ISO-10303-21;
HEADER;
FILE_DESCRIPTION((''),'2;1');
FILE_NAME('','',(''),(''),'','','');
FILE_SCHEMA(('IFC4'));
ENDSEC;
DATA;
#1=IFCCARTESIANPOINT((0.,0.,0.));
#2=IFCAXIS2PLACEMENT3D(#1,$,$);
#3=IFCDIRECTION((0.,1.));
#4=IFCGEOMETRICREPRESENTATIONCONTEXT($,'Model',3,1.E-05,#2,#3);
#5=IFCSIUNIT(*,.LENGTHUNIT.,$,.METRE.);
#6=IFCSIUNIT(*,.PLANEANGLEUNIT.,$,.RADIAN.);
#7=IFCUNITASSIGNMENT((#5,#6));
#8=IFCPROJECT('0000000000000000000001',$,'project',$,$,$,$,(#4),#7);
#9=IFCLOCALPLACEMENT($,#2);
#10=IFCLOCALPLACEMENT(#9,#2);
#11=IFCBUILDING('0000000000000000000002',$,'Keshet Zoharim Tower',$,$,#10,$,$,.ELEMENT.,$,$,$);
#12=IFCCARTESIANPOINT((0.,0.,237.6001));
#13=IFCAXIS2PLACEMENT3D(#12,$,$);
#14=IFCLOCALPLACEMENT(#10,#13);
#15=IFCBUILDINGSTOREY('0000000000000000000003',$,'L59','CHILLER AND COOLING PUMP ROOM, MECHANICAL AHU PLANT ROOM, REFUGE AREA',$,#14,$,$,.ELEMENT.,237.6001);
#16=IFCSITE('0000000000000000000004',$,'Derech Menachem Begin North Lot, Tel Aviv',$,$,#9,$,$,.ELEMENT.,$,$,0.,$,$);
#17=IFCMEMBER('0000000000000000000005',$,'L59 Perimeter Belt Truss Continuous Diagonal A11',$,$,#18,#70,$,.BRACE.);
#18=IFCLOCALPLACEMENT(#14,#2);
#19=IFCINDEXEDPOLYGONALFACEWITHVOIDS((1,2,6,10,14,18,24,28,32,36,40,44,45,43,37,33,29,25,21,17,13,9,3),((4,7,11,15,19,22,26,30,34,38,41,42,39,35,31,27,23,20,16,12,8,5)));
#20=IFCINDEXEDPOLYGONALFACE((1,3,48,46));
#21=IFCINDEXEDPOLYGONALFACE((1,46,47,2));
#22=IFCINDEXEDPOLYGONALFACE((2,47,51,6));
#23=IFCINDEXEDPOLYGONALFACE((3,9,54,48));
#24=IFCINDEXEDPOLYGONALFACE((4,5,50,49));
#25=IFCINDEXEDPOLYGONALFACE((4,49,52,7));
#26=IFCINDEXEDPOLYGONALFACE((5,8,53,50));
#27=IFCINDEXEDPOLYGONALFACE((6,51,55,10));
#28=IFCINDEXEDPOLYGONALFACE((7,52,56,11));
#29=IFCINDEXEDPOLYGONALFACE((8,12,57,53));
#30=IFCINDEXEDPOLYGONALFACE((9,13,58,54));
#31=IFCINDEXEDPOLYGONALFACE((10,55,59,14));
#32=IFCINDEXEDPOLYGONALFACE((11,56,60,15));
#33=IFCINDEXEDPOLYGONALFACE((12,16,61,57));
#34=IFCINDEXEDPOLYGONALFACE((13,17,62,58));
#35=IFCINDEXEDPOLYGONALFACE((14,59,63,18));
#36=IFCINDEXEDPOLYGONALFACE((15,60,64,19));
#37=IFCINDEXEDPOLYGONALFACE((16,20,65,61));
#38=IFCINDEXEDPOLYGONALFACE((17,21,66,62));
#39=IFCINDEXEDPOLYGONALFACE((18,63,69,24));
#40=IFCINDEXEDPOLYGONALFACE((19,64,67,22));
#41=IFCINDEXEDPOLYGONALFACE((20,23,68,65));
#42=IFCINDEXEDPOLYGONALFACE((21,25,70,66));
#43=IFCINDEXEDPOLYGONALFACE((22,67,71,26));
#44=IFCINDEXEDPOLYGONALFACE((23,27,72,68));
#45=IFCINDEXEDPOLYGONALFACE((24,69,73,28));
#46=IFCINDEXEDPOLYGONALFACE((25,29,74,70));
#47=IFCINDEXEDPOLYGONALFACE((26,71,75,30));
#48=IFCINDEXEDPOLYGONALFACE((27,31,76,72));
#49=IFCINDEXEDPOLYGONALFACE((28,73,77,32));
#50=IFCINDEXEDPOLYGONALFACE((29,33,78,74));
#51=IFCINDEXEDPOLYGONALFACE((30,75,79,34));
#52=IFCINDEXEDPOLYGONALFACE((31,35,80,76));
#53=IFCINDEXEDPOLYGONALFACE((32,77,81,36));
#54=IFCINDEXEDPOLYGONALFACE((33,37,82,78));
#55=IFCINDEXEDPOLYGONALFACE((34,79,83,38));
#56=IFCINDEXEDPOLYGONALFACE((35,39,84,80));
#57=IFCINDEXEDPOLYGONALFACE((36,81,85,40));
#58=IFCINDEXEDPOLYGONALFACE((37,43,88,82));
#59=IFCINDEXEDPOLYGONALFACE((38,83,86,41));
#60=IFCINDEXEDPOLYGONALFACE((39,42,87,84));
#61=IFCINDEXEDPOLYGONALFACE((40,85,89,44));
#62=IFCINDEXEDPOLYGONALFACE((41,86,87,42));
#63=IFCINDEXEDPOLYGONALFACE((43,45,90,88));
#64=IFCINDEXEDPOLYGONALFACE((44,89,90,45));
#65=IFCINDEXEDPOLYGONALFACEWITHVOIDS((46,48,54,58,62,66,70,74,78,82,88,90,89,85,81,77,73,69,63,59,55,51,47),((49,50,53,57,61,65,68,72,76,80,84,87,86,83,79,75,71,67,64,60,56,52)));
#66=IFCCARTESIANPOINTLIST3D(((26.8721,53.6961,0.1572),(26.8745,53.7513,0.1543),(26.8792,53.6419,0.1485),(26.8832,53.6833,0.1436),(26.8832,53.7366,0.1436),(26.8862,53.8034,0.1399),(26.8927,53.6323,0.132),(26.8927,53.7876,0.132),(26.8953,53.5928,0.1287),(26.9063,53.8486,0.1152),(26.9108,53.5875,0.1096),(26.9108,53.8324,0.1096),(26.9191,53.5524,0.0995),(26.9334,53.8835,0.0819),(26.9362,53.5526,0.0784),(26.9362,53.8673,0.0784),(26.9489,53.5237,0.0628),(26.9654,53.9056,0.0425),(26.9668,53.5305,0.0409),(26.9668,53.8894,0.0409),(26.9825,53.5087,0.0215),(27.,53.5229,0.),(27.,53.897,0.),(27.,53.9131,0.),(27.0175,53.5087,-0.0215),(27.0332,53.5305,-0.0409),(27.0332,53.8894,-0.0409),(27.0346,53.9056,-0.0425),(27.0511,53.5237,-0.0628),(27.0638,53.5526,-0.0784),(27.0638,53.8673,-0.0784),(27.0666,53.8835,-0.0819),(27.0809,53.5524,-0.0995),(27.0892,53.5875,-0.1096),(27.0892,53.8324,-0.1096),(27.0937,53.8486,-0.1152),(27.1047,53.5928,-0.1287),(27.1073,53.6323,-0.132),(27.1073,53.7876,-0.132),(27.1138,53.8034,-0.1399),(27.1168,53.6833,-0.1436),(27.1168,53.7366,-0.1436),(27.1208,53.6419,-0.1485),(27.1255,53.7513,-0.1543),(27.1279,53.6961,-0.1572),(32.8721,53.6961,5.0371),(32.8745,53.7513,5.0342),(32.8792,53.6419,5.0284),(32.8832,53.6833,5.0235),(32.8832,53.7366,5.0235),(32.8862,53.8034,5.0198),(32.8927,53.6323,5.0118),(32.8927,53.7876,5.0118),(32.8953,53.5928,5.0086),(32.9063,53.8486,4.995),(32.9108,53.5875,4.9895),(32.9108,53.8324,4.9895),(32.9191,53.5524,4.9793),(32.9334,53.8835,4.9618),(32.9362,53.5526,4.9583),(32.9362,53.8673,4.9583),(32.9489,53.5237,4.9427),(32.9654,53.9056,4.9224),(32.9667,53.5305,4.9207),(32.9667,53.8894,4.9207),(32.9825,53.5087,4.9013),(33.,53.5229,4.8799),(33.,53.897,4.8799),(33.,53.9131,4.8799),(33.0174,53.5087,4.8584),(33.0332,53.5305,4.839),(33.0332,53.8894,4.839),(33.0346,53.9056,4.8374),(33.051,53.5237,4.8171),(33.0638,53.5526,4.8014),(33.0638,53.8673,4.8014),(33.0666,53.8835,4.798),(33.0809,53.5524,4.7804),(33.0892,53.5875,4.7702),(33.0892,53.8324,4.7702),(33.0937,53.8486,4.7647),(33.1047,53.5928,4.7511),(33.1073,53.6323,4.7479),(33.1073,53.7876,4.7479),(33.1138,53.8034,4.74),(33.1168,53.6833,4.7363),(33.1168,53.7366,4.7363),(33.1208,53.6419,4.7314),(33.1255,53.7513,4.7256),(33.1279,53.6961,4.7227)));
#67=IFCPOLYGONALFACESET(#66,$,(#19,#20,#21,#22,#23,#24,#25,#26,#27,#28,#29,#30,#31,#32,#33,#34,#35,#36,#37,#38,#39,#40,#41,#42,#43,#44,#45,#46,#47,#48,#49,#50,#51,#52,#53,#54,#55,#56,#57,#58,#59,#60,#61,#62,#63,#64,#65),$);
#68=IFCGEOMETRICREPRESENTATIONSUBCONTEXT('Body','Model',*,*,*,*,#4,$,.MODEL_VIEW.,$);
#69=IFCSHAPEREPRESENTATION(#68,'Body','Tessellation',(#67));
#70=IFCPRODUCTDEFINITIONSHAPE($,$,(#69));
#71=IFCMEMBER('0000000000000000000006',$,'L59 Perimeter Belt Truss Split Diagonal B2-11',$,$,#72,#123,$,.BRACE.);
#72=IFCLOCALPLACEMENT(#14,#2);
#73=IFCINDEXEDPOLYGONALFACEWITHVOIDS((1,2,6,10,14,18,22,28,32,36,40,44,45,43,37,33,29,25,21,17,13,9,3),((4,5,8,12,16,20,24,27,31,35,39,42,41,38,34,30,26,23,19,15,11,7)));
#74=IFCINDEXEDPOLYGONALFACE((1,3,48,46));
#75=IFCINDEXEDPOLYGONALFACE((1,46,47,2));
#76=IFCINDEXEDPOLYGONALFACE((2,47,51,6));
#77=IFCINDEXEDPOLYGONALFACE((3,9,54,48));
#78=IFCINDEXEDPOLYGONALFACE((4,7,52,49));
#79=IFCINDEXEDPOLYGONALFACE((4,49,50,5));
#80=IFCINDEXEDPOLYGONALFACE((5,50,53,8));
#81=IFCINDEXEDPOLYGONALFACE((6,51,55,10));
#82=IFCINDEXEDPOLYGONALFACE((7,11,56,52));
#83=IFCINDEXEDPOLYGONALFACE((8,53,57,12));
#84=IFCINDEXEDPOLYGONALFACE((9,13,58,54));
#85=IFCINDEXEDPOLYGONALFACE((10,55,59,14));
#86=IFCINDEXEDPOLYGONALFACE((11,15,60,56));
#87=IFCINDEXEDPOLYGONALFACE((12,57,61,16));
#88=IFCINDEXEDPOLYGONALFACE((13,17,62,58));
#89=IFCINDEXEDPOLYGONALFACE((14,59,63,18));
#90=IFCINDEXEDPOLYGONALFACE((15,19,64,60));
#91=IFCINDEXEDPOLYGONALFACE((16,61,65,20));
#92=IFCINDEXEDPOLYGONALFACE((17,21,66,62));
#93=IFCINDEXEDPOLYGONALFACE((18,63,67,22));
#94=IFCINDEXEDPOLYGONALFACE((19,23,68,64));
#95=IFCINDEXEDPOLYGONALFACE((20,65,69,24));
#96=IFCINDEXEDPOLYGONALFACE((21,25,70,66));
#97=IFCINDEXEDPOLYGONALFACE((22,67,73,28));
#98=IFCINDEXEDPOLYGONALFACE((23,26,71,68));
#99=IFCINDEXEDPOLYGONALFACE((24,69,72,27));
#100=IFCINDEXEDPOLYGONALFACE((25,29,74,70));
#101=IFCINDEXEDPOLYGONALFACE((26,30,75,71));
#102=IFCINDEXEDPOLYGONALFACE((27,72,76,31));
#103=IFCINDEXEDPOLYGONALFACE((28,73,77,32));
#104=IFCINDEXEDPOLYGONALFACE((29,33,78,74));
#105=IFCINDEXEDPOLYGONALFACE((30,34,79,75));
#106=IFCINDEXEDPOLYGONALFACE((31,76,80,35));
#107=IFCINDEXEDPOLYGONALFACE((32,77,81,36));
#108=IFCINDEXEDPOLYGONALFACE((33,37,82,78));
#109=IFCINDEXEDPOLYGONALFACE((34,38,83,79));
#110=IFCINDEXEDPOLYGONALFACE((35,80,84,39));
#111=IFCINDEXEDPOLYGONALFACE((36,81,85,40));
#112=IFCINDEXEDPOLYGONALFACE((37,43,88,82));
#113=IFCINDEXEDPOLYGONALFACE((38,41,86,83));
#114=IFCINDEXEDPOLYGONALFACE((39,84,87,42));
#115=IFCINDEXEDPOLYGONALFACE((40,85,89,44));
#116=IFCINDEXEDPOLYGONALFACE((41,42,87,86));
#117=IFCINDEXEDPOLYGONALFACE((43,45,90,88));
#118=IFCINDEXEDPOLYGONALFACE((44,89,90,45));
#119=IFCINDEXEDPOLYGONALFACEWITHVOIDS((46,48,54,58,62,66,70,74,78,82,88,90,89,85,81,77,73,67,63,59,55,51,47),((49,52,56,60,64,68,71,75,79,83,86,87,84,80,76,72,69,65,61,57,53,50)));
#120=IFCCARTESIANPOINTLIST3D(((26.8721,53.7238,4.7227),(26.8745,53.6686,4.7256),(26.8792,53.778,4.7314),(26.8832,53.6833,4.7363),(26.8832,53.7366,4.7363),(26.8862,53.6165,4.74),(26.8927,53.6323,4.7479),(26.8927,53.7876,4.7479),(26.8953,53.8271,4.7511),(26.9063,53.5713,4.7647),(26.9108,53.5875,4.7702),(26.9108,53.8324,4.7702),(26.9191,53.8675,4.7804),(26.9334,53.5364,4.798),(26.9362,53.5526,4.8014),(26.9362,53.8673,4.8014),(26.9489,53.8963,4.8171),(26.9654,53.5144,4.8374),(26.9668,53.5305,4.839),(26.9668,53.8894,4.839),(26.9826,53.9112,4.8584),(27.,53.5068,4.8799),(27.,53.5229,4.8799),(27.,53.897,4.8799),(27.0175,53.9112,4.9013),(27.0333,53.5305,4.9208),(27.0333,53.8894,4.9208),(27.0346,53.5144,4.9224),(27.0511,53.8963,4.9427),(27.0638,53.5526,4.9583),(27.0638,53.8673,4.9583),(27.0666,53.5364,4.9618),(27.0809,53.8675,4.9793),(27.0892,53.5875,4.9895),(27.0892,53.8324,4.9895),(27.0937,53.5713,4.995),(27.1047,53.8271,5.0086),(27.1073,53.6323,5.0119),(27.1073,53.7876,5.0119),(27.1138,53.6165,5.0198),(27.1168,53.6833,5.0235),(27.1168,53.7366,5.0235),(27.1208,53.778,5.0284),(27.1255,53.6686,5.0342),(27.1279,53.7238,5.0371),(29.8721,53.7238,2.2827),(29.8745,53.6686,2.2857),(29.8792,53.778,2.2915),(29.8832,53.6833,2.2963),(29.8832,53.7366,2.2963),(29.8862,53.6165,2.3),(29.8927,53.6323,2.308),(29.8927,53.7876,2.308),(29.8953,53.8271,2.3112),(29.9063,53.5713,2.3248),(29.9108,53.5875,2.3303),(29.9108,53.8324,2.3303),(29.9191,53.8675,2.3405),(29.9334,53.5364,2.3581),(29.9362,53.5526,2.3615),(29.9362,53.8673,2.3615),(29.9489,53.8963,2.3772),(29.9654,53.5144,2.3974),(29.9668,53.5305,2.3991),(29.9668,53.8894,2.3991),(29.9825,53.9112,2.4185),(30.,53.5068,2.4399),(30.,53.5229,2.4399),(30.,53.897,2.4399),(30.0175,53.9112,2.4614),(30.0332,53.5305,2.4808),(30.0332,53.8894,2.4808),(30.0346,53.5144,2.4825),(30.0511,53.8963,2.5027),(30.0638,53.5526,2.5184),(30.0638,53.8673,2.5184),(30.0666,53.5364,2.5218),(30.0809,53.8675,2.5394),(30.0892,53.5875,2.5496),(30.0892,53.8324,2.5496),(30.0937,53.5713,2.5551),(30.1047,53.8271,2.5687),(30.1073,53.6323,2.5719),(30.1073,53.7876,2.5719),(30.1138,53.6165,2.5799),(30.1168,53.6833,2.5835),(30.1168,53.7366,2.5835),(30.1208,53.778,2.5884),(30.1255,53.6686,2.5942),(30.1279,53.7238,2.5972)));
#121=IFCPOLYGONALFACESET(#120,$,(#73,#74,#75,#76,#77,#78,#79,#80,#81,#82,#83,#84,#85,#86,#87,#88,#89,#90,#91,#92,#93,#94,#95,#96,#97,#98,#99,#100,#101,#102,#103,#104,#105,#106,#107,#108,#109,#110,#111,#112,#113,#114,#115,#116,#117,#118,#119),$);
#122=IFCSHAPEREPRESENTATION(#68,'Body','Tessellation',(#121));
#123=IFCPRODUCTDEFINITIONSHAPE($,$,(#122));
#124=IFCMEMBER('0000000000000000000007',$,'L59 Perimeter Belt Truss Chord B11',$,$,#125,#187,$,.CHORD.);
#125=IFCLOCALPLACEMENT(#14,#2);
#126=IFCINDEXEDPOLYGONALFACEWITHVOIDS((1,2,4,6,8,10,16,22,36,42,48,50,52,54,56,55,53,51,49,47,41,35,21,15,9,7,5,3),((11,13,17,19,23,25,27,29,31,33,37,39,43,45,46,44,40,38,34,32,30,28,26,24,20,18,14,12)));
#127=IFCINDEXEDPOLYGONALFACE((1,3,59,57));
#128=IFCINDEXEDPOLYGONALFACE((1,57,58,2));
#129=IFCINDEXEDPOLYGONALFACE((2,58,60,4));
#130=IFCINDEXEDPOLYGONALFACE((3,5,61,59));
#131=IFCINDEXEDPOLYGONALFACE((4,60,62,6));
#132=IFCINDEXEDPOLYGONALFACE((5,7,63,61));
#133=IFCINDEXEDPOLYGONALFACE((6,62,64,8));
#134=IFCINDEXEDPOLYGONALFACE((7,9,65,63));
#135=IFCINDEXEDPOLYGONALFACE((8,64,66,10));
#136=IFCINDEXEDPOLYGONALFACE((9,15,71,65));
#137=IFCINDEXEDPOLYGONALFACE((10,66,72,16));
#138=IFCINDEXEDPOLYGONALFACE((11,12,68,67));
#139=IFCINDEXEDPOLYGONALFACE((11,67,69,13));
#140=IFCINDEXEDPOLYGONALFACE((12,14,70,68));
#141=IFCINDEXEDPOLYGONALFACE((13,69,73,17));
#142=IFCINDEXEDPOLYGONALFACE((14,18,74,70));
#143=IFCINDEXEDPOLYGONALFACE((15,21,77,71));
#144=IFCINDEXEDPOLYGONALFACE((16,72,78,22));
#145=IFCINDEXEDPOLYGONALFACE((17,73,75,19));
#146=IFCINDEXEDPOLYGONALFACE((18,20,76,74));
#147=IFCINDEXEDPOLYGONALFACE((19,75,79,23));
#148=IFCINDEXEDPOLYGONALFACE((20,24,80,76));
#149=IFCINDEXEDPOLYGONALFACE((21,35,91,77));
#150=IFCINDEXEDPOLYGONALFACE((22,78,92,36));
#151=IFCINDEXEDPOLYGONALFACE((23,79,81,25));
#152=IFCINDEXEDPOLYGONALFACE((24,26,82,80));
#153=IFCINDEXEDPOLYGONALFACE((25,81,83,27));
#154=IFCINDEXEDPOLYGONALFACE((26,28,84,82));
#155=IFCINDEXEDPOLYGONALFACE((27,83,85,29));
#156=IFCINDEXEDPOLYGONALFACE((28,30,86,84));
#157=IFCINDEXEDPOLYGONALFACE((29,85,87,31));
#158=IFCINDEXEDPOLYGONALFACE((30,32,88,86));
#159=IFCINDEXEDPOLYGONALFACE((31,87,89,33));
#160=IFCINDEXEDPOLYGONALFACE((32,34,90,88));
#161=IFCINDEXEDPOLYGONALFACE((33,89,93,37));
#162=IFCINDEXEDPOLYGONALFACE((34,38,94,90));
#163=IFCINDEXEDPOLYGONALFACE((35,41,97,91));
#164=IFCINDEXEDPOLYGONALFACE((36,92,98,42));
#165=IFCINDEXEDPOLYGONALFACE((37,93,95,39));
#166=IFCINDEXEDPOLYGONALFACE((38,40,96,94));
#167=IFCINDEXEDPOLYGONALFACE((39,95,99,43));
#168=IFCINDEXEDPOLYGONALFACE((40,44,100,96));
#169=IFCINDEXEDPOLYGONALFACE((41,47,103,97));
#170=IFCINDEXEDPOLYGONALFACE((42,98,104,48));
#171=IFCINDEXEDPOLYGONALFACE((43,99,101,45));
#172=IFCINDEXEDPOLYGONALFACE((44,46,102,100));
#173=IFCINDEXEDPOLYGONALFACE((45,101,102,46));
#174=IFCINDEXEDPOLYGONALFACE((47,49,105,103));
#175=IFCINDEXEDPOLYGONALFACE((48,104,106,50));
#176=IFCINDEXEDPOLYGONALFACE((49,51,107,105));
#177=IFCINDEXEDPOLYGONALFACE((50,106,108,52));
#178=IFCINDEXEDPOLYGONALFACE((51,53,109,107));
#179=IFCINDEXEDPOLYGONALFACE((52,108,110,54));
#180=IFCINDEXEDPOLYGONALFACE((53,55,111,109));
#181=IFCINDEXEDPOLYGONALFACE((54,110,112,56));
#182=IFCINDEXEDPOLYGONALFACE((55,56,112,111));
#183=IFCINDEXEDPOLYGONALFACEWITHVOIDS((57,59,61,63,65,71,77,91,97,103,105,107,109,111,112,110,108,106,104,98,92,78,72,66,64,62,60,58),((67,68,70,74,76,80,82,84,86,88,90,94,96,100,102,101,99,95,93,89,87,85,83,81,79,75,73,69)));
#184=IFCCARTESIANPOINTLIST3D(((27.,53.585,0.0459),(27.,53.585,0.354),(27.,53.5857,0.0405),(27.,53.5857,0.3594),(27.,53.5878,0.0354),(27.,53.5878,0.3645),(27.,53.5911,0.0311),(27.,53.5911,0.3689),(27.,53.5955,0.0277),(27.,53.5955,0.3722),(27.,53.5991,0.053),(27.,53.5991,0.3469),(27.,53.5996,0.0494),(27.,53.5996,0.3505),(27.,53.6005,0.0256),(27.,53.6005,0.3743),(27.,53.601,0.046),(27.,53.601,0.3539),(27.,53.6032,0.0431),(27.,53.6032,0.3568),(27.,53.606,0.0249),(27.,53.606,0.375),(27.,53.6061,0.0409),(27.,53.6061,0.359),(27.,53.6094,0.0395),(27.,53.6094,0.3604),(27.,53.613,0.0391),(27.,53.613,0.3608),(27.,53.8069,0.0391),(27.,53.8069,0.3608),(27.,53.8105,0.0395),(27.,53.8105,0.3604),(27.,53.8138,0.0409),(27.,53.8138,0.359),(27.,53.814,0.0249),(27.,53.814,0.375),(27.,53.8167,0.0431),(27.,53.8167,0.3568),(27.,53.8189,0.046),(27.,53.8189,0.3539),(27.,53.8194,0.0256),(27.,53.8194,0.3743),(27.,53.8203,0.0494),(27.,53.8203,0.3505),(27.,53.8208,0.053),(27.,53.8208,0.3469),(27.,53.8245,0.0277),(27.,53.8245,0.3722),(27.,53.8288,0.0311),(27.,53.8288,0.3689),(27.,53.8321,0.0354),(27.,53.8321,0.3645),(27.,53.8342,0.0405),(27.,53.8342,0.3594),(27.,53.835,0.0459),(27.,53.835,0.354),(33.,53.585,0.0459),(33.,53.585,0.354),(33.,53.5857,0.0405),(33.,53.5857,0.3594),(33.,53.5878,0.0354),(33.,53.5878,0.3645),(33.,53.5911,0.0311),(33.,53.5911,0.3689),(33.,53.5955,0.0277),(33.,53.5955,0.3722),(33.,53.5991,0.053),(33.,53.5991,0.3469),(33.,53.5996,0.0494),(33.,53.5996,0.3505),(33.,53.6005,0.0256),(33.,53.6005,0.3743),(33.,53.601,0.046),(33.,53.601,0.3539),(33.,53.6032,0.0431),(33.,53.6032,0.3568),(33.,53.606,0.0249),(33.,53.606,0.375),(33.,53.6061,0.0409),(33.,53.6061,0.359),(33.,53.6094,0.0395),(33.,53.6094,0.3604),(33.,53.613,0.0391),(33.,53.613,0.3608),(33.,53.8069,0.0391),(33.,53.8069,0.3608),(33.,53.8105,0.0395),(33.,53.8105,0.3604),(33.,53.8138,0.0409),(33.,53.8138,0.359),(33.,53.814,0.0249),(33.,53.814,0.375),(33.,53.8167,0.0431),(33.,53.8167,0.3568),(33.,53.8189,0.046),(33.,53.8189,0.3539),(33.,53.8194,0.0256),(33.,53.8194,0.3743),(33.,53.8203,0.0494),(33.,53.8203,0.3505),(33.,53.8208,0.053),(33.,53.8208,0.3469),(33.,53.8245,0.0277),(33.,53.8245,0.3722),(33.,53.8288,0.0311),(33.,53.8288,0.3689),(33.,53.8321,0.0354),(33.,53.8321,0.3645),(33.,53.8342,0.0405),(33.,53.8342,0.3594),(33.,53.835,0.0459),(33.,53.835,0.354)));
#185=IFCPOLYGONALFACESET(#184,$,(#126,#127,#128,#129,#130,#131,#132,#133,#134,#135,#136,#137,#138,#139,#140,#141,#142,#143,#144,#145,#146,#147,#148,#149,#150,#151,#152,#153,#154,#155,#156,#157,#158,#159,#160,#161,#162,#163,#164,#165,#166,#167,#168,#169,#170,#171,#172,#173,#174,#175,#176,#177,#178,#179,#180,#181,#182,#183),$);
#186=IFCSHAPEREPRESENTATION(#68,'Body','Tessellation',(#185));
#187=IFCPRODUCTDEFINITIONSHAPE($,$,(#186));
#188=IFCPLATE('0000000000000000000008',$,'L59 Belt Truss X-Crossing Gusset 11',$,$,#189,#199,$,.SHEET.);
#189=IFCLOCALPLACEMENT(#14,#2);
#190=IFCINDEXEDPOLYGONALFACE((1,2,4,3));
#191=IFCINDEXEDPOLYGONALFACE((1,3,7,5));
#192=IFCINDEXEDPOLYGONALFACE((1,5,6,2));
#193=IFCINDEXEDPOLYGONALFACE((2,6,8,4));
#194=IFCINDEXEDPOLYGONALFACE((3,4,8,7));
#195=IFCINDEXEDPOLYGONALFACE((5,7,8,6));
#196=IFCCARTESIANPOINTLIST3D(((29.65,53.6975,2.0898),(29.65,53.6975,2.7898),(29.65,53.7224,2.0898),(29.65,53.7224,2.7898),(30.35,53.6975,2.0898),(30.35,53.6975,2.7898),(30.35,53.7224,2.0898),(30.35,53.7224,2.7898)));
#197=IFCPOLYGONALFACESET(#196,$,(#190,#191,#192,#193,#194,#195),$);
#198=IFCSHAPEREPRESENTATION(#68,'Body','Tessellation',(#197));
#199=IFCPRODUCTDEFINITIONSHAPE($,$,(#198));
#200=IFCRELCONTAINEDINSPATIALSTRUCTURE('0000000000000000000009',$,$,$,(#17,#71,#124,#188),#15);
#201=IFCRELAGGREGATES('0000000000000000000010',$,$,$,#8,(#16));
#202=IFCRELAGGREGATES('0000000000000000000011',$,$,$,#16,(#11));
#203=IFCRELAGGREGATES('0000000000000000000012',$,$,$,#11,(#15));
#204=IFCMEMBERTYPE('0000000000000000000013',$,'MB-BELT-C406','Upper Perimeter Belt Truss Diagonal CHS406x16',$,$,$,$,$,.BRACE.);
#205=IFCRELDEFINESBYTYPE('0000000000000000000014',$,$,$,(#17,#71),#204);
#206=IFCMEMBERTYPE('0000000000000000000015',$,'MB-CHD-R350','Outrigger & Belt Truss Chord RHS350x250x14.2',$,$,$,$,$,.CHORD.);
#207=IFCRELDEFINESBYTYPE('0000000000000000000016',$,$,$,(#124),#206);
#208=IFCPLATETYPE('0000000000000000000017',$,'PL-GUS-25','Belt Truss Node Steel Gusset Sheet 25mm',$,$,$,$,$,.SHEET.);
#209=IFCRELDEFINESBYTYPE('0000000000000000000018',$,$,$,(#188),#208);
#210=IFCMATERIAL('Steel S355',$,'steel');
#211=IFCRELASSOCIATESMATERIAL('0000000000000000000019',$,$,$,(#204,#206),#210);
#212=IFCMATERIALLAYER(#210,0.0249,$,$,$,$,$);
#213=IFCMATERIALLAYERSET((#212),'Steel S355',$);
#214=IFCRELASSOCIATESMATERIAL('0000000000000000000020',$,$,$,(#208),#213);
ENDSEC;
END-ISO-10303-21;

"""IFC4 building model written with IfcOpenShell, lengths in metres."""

from ifc_helpers import new_model, si_unit, direction, frame, origin, origin_2d, place, context, subcontext, project, spatial, rectangle, hollow_rectangle, hollow_circle, extrude, material, layer, layer_set, material_profile, profile_set, type_object, element, save


model = new_model("IFC4")

# Units and contexts
model_context = context("Model", 3, precision=1e-05, world=origin(), true_north=direction((0.0, 1.0)))
body_context = subcontext(model_context, "Body", "Model", "MODEL_VIEW")
ifc_project = project(units=[si_unit("LENGTHUNIT", "METRE"), si_unit("PLANEANGLEUNIT", "RADIAN")], contexts=[model_context])

# Site, building, storey
site_placement = place(None, origin())
site = spatial("IfcSite", under=ifc_project, at=site_placement, Name="Derech Menachem Begin North Lot, Tel Aviv", CompositionType="ELEMENT", RefElevation=0.0)
building_placement = place(site_placement, origin())
building = spatial("IfcBuilding", under=site, at=building_placement, Name="Keshet Zoharim Tower", CompositionType="ELEMENT")
storey_placement = place(building_placement, frame((0.0, 0.0, 237.6001)))
storey = spatial("IfcBuildingStorey", under=building, at=storey_placement, Name="L59", Description="CHILLER AND COOLING PUMP ROOM, MECHANICAL AHU PLANT ROOM, REFUGE AREA", CompositionType="ELEMENT", Elevation=237.6001)

# Shared definitions
ifc_material_1 = material(Name="Steel S355", Category="steel")

# Members
ifc_material_profile_1 = material_profile(ifc_material_1, hollow_circle(Radius=0.2031, WallThickness=0.0161, at=origin_2d()), Name="CHS406x16")
ifc_profile_set_1 = profile_set([ifc_material_profile_1], Name="Steel S355")
member_type_1 = type_object("IfcMemberType", Name="MB-BELT-C406", Description="Upper Perimeter Belt Truss Diagonal CHS406x16", PredefinedType="BRACE", material=ifc_profile_set_1)
member_1_placement = place(storey_placement, frame((27.0, 53.71, 0.0), z_axis=(0.775805, 0.0, 0.630973), x_axis=(0.0, 1.0, 0.0)))
element("IfcMember", 1, at=member_1_placement, inside=storey, type_object=member_type_1, Name="L59 Perimeter Belt Truss Continuous Diagonal A11", PredefinedType="BRACE", context=body_context, shape_type="SweptSolid", body=[
    extrude(hollow_circle(Radius=0.2031, WallThickness=0.0161, at=origin_2d()), origin(), (0.0, 0.0, 1.0), 7.7339),
])
member_2_placement = place(storey_placement, frame((30.0, 53.71, 2.4399), z_axis=(-0.775805, 0.0, 0.630973), x_axis=(0.0, -1.0, 0.0)))
element("IfcMember", 2, at=member_2_placement, inside=storey, type_object=member_type_1, Name="L59 Perimeter Belt Truss Split Diagonal B2-11", PredefinedType="BRACE", context=body_context, shape_type="SweptSolid", body=[
    extrude(hollow_circle(Radius=0.2031, WallThickness=0.0161, at=origin_2d()), origin(), (0.0, 0.0, 1.0), 3.8669),
])
ifc_material_profile_2 = material_profile(ifc_material_1, hollow_rectangle(XDim=0.25, YDim=0.3501, WallThickness=0.0142, InnerFilletRadius=0.0139, OuterFilletRadius=0.021, at=origin_2d()), Name="RHS350x250x14.2")
ifc_profile_set_2 = profile_set([ifc_material_profile_2], Name="Steel S355")
member_type_2 = type_object("IfcMemberType", Name="MB-CHD-R350", Description="Outrigger & Belt Truss Chord RHS350x250x14.2", PredefinedType="CHORD", material=ifc_profile_set_2)
member_3_placement = place(storey_placement, frame((27.0, 53.71, 0.2), z_axis=(1.0, 0.0, 0.0), x_axis=(0.0, 1.0, 0.0)))
element("IfcMember", 3, at=member_3_placement, inside=storey, type_object=member_type_2, Name="L59 Perimeter Belt Truss Chord B11", PredefinedType="CHORD", context=body_context, shape_type="SweptSolid", body=[
    extrude(hollow_rectangle(XDim=0.25, YDim=0.3501, WallThickness=0.0142, InnerFilletRadius=0.0139, OuterFilletRadius=0.021, at=origin_2d()), origin(), (0.0, 0.0, 1.0), 6.0),
])

# Plate
ifc_layer_1 = layer(ifc_material_1, 0.0249)
ifc_layer_set_1 = layer_set([ifc_layer_1], Name="Steel S355")
plate_type = type_object("IfcPlateType", Name="PL-GUS-25", Description="Belt Truss Node Steel Gusset Sheet 25mm", PredefinedType="SHEET", material=ifc_layer_set_1)
plate_placement = place(storey_placement, frame((30.0, 53.71, 2.0898), z_axis=(0.0, 0.0, 1.0), x_axis=(1.0, 0.0, 0.0)))
element("IfcPlate", 4, at=plate_placement, inside=storey, type_object=plate_type, Name="L59 Belt Truss X-Crossing Gusset 11", PredefinedType="SHEET", context=body_context, shape_type="SweptSolid", body=[
    extrude(rectangle(XDim=0.7, YDim=0.0249, at=origin_2d()), origin(), (0.0, 0.0, 1.0), 0.7),
])

save(model, "model.ifc")
